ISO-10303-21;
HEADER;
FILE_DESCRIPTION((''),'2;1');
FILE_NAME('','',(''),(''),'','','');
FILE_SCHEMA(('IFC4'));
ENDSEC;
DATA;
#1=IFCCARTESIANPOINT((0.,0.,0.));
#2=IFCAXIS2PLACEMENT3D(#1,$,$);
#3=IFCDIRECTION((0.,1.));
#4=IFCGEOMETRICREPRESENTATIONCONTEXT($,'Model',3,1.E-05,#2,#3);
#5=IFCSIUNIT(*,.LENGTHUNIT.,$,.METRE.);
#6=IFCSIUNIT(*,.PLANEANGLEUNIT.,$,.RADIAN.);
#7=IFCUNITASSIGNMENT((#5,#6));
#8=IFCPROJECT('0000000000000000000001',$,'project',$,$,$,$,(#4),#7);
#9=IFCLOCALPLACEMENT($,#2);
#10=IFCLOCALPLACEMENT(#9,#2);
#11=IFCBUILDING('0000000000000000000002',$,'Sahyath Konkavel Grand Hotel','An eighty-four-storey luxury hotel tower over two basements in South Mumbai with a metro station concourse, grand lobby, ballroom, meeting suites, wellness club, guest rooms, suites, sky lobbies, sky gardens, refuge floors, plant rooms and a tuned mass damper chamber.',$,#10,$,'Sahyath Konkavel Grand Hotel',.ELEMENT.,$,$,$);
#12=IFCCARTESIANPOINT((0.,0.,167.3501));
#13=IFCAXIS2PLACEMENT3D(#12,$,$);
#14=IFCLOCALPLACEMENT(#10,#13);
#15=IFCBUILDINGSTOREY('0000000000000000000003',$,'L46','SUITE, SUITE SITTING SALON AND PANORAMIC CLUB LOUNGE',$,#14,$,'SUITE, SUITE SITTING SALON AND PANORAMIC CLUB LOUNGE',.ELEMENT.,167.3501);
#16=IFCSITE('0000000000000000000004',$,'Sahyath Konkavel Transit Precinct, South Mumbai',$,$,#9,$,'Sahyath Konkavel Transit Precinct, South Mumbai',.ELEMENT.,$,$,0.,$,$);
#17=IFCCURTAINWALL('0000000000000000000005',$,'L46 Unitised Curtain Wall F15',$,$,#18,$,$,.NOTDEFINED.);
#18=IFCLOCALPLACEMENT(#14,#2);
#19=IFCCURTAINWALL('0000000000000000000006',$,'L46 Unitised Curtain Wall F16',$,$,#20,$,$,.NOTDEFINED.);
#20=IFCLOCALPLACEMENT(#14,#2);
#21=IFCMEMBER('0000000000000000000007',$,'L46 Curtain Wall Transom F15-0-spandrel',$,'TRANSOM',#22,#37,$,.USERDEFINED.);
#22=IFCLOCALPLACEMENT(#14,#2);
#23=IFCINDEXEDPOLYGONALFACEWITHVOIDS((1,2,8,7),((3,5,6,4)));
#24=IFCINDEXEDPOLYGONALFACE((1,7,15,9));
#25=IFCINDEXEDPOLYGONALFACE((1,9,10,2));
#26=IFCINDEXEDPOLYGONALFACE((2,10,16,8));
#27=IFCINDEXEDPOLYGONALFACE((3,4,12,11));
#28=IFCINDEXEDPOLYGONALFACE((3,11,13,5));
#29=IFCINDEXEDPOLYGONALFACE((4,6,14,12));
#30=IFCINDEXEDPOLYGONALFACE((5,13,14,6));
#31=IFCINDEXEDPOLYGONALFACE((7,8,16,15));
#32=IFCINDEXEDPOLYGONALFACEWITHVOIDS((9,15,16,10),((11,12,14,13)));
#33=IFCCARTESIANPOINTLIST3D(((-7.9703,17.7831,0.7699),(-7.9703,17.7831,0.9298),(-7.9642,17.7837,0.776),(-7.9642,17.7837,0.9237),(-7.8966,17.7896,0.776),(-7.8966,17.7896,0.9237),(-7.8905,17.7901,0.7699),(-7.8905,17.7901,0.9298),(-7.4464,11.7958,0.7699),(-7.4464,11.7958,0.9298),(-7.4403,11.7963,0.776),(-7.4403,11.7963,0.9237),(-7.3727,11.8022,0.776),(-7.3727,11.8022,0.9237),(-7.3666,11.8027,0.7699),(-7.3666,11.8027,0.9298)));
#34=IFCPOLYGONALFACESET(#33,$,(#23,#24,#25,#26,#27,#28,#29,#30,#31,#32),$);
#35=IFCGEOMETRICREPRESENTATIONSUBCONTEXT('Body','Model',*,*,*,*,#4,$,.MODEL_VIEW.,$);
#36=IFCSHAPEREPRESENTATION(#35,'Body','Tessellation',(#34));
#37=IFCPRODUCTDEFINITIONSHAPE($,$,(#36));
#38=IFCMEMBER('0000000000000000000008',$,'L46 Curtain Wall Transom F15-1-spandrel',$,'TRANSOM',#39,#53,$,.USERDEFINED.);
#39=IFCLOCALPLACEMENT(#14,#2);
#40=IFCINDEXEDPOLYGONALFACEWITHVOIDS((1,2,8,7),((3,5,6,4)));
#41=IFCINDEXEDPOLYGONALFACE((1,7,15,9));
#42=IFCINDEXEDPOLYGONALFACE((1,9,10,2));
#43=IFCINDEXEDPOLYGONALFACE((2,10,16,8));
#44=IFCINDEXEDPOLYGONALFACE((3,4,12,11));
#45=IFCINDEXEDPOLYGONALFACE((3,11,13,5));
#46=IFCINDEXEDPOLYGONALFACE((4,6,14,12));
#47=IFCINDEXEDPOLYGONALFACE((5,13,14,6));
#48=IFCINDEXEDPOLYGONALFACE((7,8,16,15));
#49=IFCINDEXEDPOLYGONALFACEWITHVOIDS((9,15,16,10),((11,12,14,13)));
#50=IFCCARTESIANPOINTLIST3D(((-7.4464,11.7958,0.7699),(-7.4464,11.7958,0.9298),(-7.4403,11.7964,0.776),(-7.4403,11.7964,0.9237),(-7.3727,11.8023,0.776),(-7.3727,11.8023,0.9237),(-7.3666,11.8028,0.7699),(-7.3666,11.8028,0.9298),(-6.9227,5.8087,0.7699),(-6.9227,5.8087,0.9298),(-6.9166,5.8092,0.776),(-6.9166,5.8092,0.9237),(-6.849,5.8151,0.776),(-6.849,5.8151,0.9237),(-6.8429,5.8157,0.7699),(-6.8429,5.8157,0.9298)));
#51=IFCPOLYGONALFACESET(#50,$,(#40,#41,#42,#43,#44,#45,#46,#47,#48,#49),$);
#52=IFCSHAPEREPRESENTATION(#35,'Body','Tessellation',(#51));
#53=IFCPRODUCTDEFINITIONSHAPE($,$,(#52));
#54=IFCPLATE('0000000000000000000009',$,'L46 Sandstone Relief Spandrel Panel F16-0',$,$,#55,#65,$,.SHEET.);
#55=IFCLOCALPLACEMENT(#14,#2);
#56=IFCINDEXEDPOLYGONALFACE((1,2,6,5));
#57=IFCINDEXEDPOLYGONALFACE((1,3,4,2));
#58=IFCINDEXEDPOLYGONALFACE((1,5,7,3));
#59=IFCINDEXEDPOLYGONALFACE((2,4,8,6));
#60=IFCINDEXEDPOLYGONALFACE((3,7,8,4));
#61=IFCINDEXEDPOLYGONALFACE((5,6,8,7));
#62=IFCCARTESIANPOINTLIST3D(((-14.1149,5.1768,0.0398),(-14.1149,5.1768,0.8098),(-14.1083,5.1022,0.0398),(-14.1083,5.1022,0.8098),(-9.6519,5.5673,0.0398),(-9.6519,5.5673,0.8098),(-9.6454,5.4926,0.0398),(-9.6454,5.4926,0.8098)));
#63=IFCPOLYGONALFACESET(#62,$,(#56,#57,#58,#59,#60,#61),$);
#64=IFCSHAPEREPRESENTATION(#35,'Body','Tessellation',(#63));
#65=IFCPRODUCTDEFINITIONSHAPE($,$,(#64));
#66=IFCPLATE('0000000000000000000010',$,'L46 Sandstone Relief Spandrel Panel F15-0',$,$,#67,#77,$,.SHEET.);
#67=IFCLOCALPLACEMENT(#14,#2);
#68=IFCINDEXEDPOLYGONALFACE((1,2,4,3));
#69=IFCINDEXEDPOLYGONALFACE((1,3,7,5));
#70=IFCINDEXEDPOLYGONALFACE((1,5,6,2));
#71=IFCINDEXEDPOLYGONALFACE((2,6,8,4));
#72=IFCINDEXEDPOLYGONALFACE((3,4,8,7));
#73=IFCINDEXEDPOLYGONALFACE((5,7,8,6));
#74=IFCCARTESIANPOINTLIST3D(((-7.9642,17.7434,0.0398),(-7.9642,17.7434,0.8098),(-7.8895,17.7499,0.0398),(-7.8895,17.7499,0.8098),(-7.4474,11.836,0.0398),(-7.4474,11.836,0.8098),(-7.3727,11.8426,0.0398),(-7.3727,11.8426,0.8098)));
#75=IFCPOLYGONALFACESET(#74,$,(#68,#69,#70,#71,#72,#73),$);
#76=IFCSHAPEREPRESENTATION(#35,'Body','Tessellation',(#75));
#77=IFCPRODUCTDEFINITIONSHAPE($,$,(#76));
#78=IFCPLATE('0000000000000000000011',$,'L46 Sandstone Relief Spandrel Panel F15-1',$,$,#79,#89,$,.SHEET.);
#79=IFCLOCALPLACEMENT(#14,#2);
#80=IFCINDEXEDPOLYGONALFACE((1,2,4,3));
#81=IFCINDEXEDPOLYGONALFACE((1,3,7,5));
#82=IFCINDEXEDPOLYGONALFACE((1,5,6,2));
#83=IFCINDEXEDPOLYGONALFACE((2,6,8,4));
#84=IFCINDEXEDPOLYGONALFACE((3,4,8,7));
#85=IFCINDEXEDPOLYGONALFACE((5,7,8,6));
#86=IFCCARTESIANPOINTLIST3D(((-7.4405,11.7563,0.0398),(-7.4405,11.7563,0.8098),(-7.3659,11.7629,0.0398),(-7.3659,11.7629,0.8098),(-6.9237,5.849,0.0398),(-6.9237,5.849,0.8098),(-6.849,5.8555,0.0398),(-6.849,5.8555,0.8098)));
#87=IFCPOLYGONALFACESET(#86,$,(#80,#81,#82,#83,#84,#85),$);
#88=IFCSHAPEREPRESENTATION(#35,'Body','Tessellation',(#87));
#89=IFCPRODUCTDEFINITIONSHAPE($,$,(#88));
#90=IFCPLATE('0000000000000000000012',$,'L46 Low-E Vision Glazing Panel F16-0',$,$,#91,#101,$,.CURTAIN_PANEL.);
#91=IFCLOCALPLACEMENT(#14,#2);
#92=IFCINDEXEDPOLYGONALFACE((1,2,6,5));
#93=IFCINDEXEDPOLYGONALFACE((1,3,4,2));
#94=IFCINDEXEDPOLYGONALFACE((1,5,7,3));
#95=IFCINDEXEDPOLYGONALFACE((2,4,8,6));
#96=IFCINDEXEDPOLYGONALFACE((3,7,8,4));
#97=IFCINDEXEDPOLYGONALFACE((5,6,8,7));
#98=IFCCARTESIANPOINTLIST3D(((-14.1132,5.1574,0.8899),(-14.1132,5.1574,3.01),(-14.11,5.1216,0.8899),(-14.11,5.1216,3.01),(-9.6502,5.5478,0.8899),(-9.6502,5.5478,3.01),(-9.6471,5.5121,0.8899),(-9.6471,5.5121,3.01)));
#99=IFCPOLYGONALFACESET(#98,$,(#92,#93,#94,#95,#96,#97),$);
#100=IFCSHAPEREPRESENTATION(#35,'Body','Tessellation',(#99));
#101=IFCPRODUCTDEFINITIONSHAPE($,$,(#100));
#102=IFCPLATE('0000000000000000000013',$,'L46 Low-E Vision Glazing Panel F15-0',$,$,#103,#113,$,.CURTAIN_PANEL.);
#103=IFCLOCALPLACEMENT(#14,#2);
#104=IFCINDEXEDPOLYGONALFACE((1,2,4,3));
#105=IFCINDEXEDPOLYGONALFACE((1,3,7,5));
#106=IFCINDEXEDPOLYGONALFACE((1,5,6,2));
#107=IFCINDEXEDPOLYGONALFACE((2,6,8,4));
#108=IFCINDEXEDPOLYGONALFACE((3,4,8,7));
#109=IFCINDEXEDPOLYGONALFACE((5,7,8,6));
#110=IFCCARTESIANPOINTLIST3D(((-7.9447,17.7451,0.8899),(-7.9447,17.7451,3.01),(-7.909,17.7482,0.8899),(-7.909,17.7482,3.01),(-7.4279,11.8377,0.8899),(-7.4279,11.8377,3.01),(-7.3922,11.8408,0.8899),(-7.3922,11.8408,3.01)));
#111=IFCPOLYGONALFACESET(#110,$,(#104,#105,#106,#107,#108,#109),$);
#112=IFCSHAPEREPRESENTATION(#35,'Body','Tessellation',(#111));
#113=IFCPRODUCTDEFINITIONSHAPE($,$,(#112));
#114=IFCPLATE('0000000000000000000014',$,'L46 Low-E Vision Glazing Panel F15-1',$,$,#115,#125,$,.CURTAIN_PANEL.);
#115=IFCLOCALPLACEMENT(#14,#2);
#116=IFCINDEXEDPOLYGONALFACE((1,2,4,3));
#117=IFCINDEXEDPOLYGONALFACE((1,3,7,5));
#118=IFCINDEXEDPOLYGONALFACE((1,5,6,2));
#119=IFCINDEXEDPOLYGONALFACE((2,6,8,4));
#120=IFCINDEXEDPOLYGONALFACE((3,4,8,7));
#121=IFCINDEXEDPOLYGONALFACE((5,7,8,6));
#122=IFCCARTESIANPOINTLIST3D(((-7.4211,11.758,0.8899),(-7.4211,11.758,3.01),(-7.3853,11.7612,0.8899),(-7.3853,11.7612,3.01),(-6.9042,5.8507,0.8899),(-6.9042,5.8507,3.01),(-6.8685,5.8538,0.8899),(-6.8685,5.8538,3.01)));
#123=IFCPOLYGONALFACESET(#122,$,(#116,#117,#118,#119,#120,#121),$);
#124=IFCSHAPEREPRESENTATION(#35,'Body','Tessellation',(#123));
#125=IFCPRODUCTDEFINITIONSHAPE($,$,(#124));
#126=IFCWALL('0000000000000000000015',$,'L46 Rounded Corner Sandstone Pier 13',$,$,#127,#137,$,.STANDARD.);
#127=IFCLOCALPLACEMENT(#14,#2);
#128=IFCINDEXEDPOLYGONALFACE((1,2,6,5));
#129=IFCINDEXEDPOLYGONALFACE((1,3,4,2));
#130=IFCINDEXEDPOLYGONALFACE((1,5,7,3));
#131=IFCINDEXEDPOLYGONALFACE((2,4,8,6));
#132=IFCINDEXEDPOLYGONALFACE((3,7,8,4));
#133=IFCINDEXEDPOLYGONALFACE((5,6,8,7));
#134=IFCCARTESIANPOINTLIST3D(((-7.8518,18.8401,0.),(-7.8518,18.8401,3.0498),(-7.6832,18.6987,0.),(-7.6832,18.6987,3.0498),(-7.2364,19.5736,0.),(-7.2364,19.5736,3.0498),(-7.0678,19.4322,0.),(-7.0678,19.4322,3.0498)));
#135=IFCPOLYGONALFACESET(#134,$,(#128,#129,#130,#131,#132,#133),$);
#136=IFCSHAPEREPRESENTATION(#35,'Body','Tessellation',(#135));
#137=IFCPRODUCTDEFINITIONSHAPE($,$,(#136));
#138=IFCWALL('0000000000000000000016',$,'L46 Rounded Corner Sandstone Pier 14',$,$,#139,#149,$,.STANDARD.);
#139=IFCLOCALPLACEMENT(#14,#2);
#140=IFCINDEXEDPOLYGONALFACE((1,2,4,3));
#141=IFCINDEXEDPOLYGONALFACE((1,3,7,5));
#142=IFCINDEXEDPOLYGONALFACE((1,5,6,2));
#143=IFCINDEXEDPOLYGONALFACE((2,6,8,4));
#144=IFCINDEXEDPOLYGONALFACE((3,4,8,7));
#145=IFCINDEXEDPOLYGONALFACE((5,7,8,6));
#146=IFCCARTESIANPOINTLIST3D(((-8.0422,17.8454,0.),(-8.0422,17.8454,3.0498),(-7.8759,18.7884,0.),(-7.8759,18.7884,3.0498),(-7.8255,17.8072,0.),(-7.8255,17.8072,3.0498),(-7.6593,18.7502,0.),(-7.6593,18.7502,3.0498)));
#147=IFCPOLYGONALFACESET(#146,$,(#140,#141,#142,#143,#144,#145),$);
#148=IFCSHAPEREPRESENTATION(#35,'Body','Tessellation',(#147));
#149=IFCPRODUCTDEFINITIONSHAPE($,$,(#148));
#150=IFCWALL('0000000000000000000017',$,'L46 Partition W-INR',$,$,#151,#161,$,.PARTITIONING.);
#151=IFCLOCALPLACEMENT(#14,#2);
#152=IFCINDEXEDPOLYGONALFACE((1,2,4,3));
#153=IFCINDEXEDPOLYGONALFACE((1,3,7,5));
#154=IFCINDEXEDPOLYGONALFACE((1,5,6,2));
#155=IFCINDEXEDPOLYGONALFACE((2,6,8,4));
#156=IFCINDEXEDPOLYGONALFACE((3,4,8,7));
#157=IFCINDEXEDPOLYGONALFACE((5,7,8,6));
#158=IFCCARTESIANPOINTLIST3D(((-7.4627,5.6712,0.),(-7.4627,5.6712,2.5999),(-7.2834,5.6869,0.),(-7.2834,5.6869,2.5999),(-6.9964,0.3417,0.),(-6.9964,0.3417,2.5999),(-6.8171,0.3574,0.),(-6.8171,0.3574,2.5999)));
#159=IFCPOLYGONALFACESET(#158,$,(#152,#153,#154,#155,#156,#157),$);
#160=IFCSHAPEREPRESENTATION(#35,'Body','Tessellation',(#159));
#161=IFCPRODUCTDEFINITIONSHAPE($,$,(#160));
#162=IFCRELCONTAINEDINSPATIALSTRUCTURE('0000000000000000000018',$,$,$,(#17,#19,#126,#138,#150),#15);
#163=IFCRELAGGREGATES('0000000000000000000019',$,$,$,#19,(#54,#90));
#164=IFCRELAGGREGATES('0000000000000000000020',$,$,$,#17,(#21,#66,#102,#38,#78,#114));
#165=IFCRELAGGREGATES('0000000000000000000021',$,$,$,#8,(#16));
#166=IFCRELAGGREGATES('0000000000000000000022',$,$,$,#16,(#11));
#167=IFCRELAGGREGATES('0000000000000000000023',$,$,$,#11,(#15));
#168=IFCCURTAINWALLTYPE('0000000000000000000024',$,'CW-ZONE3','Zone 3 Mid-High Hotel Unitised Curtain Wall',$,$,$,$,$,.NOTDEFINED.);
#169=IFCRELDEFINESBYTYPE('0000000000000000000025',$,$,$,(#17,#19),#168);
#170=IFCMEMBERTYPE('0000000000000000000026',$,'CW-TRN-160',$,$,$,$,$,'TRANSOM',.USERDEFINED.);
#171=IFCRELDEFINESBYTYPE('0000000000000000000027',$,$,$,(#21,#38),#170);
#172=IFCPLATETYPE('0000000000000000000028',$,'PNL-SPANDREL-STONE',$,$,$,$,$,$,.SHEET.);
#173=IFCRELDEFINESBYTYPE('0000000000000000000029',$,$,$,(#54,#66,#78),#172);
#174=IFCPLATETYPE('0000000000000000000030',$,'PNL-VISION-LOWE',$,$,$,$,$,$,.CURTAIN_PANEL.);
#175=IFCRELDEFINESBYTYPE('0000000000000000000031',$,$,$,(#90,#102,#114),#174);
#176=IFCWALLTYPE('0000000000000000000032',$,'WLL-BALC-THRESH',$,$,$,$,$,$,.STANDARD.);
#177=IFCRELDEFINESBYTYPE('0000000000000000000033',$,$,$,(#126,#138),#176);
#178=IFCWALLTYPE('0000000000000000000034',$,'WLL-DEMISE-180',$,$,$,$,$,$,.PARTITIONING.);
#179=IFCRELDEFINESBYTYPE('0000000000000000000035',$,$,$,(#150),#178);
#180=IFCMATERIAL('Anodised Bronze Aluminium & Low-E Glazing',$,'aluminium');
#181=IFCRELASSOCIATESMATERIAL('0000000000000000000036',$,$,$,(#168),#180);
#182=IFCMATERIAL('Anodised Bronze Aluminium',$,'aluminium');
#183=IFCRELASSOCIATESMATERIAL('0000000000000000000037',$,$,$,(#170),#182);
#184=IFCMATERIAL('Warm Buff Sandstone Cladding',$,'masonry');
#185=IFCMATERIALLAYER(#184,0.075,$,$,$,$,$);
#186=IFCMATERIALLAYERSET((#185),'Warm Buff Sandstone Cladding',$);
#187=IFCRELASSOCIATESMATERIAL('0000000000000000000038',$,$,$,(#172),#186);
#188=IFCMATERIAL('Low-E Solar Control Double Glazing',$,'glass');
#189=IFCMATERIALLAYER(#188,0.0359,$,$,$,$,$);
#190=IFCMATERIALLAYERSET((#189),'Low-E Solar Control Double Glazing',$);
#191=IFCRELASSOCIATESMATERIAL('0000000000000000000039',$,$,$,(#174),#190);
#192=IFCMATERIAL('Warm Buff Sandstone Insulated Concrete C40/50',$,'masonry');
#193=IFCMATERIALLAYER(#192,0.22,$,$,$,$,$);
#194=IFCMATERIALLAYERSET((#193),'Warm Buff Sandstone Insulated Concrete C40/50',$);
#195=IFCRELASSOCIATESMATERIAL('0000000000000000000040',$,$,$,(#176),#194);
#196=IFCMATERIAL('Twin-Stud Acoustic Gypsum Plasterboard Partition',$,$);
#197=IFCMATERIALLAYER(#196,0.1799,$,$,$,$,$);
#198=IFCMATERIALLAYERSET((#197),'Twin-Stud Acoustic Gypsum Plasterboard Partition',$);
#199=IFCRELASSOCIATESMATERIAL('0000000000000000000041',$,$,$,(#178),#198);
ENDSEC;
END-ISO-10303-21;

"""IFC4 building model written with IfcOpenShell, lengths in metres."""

from ifc_helpers import new_model, si_unit, direction, frame, frame_2d, origin, origin_2d, place, context, subcontext, project, spatial, rectangle, hollow_rectangle, extrude, source, transform, mapped, material, layer, layer_set, material_profile, profile_set, type_object, element, aggregate, save


model = new_model("IFC4")

# Units and contexts
model_context = context("Model", 3, precision=1e-05, world=origin(), true_north=direction((0.0, 1.0)))
body_context = subcontext(model_context, "Body", "Model", "MODEL_VIEW")
ifc_project = project(units=[si_unit("LENGTHUNIT", "METRE"), si_unit("PLANEANGLEUNIT", "RADIAN")], contexts=[model_context])

# Site, building, storey
site_placement = place(None, origin())
site = spatial("IfcSite", under=ifc_project, at=site_placement, Name="Sahyath Konkavel Transit Precinct, South Mumbai", LongName="Sahyath Konkavel Transit Precinct, South Mumbai", CompositionType="ELEMENT", RefElevation=0.0)
building_placement = place(site_placement, origin())
building = spatial("IfcBuilding", under=site, at=building_placement, Name="Sahyath Konkavel Grand Hotel", Description="An eighty-four-storey luxury hotel tower over two basements in South Mumbai with a metro station concourse, grand lobby, ballroom, meeting suites, wellness club, guest rooms, suites, sky lobbies, sky gardens, refuge floors, plant rooms and a tuned mass damper chamber.", LongName="Sahyath Konkavel Grand Hotel", CompositionType="ELEMENT")
storey_placement = place(building_placement, frame((0.0, 0.0, 167.3501)))
storey = spatial("IfcBuildingStorey", under=building, at=storey_placement, Name="L46", Description="SUITE, SUITE SITTING SALON AND PANORAMIC CLUB LOUNGE", LongName="SUITE, SUITE SITTING SALON AND PANORAMIC CLUB LOUNGE", CompositionType="ELEMENT", Elevation=167.3501)

# Shared definitions
ifc_material_1 = material(Name="Anodised Bronze Aluminium & Low-E Glazing", Category="aluminium")
curtain_wall_type = type_object("IfcCurtainWallType", Name="CW-ZONE3", Description="Zone 3 Mid-High Hotel Unitised Curtain Wall", PredefinedType="NOTDEFINED", material=ifc_material_1)
ifc_material_2 = material(Name="Anodised Bronze Aluminium", Category="aluminium")

# Curtain wall
curtain_wall_1_placement = place(storey_placement, origin())
curtain_wall_1 = element("IfcCurtainWall", 1, at=curtain_wall_1_placement, inside=storey, type_object=curtain_wall_type, Name="L46 Unitised Curtain Wall F15", PredefinedType="NOTDEFINED")

# Curtain wall
curtain_wall_2_placement = place(storey_placement, origin())
curtain_wall_2 = element("IfcCurtainWall", 2, at=curtain_wall_2_placement, inside=storey, type_object=curtain_wall_type, Name="L46 Unitised Curtain Wall F16", PredefinedType="NOTDEFINED")

# Members
ifc_material_profile_1 = material_profile(ifc_material_2, hollow_rectangle(XDim=0.0801, YDim=0.1599, WallThickness=0.0061, at=origin_2d()), Name="RHS 160x80x6")
ifc_profile_set_1 = profile_set([ifc_material_profile_1], Name="Anodised Bronze Aluminium")
member_type_1 = type_object("IfcMemberType", Name="CW-TRN-160", ElementType="TRANSOM", PredefinedType="USERDEFINED", material=ifc_profile_set_1)
shared_shape_1 = source(origin(), body_context, "Body", "SweptSolid", [
    extrude(hollow_rectangle(XDim=0.0801, YDim=0.1599, WallThickness=0.0061, at=origin_2d()), origin(), (0.0, 0.0, 1.0), 6.0103),
])
member_1_placement = place(storey_placement, frame((-7.9304, 17.7866, 0.8499), z_axis=(0.087173, -0.996193, 0.0), x_axis=(0.996193, 0.087173, 0.0)))
member_1 = element("IfcMember", 3, at=member_1_placement, type_object=member_type_1, Name="L46 Curtain Wall Transom F15-0-spandrel", ObjectType="TRANSOM", PredefinedType="USERDEFINED", context=body_context, shape_type="MappedRepresentation", body=[
    mapped(shared_shape_1, transform((0.0, 0.0, 0.0), scale=1.0)),
])
shared_shape_2 = source(origin(), body_context, "Body", "SweptSolid", [
    extrude(hollow_rectangle(XDim=0.0801, YDim=0.1599, WallThickness=0.0061, at=origin_2d()), origin(), (0.0, 0.0, 1.0), 6.01),
])
member_2_placement = place(storey_placement, frame((-7.4065, 11.7993, 0.8499), z_axis=(0.087136, -0.996196, 0.0), x_axis=(0.996196, 0.087136, 0.0)))
member_2 = element("IfcMember", 4, at=member_2_placement, type_object=member_type_1, Name="L46 Curtain Wall Transom F15-1-spandrel", ObjectType="TRANSOM", PredefinedType="USERDEFINED", context=body_context, shape_type="MappedRepresentation", body=[
    mapped(shared_shape_2, transform((0.0, 0.0, 0.0), scale=1.0)),
])

# Plates
ifc_material_3 = material(Name="Warm Buff Sandstone Cladding", Category="masonry")
ifc_layer_1 = layer(ifc_material_3, 0.075)
ifc_layer_set_1 = layer_set([ifc_layer_1], Name="Warm Buff Sandstone Cladding")
plate_type_1 = type_object("IfcPlateType", Name="PNL-SPANDREL-STONE", PredefinedType="SHEET", material=ifc_layer_set_1)
shared_shape_3 = source(origin(), body_context, "Body", "SweptSolid", [
    extrude(rectangle(XDim=4.48, YDim=0.075, at=origin_2d()), origin(), (0.0, 0.0, 1.0), 0.77),
])
plate_1_placement = place(storey_placement, frame((-11.8801, 5.3347, 0.0398), z_axis=(0.0, 0.0, 1.0), x_axis=(-0.996195, -0.087156, 0.0)))
plate_1 = element("IfcPlate", 5, at=plate_1_placement, type_object=plate_type_1, Name="L46 Sandstone Relief Spandrel Panel F16-0", PredefinedType="SHEET", context=body_context, shape_type="MappedRepresentation", body=[
    mapped(shared_shape_3, transform((0.0, 0.0, 0.0), scale=1.0)),
])
shared_shape_4 = source(origin(), body_context, "Body", "SweptSolid", [
    extrude(rectangle(XDim=5.9299, YDim=0.075, at=origin_2d()), origin(), (0.0, 0.0, 1.0), 0.77),
])
plate_2_placement = place(storey_placement, frame((-7.6685, 14.793, 0.0398), z_axis=(0.0, 0.0, 1.0), x_axis=(0.087156, -0.996195, 0.0)))
plate_2 = element("IfcPlate", 6, at=plate_2_placement, type_object=plate_type_1, Name="L46 Sandstone Relief Spandrel Panel F15-0", PredefinedType="SHEET", context=body_context, shape_type="MappedRepresentation", body=[
    mapped(shared_shape_4, transform((0.0, 0.0, 0.0), scale=1.0)),
])
plate_3_placement = place(storey_placement, frame((-7.1448, 8.8059, 0.0398), z_axis=(0.0, 0.0, 1.0), x_axis=(0.087156, -0.996195, 0.0)))
plate_3 = element("IfcPlate", 7, at=plate_3_placement, type_object=plate_type_1, Name="L46 Sandstone Relief Spandrel Panel F15-1", PredefinedType="SHEET", context=body_context, shape_type="MappedRepresentation", body=[
    mapped(shared_shape_4, transform((0.0, 0.0, 0.0), scale=1.0)),
])
ifc_material_4 = material(Name="Low-E Solar Control Double Glazing", Category="glass")
ifc_layer_2 = layer(ifc_material_4, 0.0359)
ifc_layer_set_2 = layer_set([ifc_layer_2], Name="Low-E Solar Control Double Glazing")
plate_type_2 = type_object("IfcPlateType", Name="PNL-VISION-LOWE", PredefinedType="CURTAIN_PANEL", material=ifc_layer_set_2)
shared_shape_5 = source(origin(), body_context, "Body", "SweptSolid", [
    extrude(rectangle(XDim=4.48, YDim=0.0359, at=origin_2d()), origin(), (0.0, 0.0, 1.0), 2.1201),
])
plate_4_placement = place(storey_placement, frame((-11.8801, 5.3347, 0.8899), z_axis=(0.0, 0.0, 1.0), x_axis=(-0.996195, -0.087156, 0.0)))
plate_4 = element("IfcPlate", 8, at=plate_4_placement, type_object=plate_type_2, Name="L46 Low-E Vision Glazing Panel F16-0", PredefinedType="CURTAIN_PANEL", context=body_context, shape_type="MappedRepresentation", body=[
    mapped(shared_shape_5, transform((0.0, 0.0, 0.0), scale=1.0)),
])
aggregate(curtain_wall_2, [plate_1, plate_4])
shared_shape_6 = source(origin(), body_context, "Body", "SweptSolid", [
    extrude(rectangle(XDim=5.9299, YDim=0.0359, at=origin_2d()), origin(), (0.0, 0.0, 1.0), 2.1201),
])
plate_5_placement = place(storey_placement, frame((-7.6685, 14.793, 0.8899), z_axis=(0.0, 0.0, 1.0), x_axis=(0.087156, -0.996195, 0.0)))
plate_5 = element("IfcPlate", 9, at=plate_5_placement, type_object=plate_type_2, Name="L46 Low-E Vision Glazing Panel F15-0", PredefinedType="CURTAIN_PANEL", context=body_context, shape_type="MappedRepresentation", body=[
    mapped(shared_shape_6, transform((0.0, 0.0, 0.0), scale=1.0)),
])
plate_6_placement = place(storey_placement, frame((-7.1448, 8.8059, 0.8899), z_axis=(0.0, 0.0, 1.0), x_axis=(0.087156, -0.996195, 0.0)))
plate_6 = element("IfcPlate", 10, at=plate_6_placement, type_object=plate_type_2, Name="L46 Low-E Vision Glazing Panel F15-1", PredefinedType="CURTAIN_PANEL", context=body_context, shape_type="MappedRepresentation", body=[
    mapped(shared_shape_6, transform((0.0, 0.0, 0.0), scale=1.0)),
])
aggregate(curtain_wall_1, [member_1, plate_2, plate_5, member_2, plate_3, plate_6])

# Walls
ifc_material_5 = material(Name="Warm Buff Sandstone Insulated Concrete C40/50", Category="masonry")
ifc_layer_3 = layer(ifc_material_5, 0.22)
ifc_layer_set_3 = layer_set([ifc_layer_3], Name="Warm Buff Sandstone Insulated Concrete C40/50")
wall_type_1 = type_object("IfcWallType", Name="WLL-BALC-THRESH", PredefinedType="STANDARD", material=ifc_layer_set_3)
for number, where, z_axis, x_axis, name in (
    (11, (-7.1521, 19.5029, 0.0), (0.0, 0.0, 1.0), (-0.642714, -0.766107, 0.0), "L46 Rounded Corner Sandstone Pier 13"),
    (12, (-7.7676, 18.7693, 0.0), (0.0, 0.0, 1.0), (-0.173654, -0.984807, 0.0), "L46 Rounded Corner Sandstone Pier 14"),
):
    element("IfcWall", number, at=place(storey_placement, frame(where, z_axis=z_axis, x_axis=x_axis)), inside=storey, type_object=wall_type_1, Name=name, PredefinedType="STANDARD", context=body_context, shape_type="SweptSolid", body=[
        extrude(rectangle(XDim=0.9575, YDim=0.22, at=frame_2d((0.4788, 0.0))), origin(), (0.0, 0.0, 1.0), 3.0498),
    ])
ifc_material_6 = material(Name="Twin-Stud Acoustic Gypsum Plasterboard Partition")
ifc_layer_4 = layer(ifc_material_6, 0.1799)
ifc_layer_set_4 = layer_set([ifc_layer_4], Name="Twin-Stud Acoustic Gypsum Plasterboard Partition")
wall_type_2 = type_object("IfcWallType", Name="WLL-DEMISE-180", PredefinedType="PARTITIONING", material=ifc_layer_set_4)
wall_1_placement = place(storey_placement, frame((-7.373, 5.679, 0.0), z_axis=(0.0, 0.0, 1.0), x_axis=(0.087161, -0.996194, 0.0)))
element("IfcWall", 13, at=wall_1_placement, inside=storey, type_object=wall_type_2, Name="L46 Partition W-INR", PredefinedType="PARTITIONING", context=body_context, shape_type="SweptSolid", body=[
    extrude(rectangle(XDim=5.3499, YDim=0.1799, at=frame_2d((2.6748, 0.0))), origin(), (0.0, 0.0, 1.0), 2.5999),
])

save(model, "model.ifc")
